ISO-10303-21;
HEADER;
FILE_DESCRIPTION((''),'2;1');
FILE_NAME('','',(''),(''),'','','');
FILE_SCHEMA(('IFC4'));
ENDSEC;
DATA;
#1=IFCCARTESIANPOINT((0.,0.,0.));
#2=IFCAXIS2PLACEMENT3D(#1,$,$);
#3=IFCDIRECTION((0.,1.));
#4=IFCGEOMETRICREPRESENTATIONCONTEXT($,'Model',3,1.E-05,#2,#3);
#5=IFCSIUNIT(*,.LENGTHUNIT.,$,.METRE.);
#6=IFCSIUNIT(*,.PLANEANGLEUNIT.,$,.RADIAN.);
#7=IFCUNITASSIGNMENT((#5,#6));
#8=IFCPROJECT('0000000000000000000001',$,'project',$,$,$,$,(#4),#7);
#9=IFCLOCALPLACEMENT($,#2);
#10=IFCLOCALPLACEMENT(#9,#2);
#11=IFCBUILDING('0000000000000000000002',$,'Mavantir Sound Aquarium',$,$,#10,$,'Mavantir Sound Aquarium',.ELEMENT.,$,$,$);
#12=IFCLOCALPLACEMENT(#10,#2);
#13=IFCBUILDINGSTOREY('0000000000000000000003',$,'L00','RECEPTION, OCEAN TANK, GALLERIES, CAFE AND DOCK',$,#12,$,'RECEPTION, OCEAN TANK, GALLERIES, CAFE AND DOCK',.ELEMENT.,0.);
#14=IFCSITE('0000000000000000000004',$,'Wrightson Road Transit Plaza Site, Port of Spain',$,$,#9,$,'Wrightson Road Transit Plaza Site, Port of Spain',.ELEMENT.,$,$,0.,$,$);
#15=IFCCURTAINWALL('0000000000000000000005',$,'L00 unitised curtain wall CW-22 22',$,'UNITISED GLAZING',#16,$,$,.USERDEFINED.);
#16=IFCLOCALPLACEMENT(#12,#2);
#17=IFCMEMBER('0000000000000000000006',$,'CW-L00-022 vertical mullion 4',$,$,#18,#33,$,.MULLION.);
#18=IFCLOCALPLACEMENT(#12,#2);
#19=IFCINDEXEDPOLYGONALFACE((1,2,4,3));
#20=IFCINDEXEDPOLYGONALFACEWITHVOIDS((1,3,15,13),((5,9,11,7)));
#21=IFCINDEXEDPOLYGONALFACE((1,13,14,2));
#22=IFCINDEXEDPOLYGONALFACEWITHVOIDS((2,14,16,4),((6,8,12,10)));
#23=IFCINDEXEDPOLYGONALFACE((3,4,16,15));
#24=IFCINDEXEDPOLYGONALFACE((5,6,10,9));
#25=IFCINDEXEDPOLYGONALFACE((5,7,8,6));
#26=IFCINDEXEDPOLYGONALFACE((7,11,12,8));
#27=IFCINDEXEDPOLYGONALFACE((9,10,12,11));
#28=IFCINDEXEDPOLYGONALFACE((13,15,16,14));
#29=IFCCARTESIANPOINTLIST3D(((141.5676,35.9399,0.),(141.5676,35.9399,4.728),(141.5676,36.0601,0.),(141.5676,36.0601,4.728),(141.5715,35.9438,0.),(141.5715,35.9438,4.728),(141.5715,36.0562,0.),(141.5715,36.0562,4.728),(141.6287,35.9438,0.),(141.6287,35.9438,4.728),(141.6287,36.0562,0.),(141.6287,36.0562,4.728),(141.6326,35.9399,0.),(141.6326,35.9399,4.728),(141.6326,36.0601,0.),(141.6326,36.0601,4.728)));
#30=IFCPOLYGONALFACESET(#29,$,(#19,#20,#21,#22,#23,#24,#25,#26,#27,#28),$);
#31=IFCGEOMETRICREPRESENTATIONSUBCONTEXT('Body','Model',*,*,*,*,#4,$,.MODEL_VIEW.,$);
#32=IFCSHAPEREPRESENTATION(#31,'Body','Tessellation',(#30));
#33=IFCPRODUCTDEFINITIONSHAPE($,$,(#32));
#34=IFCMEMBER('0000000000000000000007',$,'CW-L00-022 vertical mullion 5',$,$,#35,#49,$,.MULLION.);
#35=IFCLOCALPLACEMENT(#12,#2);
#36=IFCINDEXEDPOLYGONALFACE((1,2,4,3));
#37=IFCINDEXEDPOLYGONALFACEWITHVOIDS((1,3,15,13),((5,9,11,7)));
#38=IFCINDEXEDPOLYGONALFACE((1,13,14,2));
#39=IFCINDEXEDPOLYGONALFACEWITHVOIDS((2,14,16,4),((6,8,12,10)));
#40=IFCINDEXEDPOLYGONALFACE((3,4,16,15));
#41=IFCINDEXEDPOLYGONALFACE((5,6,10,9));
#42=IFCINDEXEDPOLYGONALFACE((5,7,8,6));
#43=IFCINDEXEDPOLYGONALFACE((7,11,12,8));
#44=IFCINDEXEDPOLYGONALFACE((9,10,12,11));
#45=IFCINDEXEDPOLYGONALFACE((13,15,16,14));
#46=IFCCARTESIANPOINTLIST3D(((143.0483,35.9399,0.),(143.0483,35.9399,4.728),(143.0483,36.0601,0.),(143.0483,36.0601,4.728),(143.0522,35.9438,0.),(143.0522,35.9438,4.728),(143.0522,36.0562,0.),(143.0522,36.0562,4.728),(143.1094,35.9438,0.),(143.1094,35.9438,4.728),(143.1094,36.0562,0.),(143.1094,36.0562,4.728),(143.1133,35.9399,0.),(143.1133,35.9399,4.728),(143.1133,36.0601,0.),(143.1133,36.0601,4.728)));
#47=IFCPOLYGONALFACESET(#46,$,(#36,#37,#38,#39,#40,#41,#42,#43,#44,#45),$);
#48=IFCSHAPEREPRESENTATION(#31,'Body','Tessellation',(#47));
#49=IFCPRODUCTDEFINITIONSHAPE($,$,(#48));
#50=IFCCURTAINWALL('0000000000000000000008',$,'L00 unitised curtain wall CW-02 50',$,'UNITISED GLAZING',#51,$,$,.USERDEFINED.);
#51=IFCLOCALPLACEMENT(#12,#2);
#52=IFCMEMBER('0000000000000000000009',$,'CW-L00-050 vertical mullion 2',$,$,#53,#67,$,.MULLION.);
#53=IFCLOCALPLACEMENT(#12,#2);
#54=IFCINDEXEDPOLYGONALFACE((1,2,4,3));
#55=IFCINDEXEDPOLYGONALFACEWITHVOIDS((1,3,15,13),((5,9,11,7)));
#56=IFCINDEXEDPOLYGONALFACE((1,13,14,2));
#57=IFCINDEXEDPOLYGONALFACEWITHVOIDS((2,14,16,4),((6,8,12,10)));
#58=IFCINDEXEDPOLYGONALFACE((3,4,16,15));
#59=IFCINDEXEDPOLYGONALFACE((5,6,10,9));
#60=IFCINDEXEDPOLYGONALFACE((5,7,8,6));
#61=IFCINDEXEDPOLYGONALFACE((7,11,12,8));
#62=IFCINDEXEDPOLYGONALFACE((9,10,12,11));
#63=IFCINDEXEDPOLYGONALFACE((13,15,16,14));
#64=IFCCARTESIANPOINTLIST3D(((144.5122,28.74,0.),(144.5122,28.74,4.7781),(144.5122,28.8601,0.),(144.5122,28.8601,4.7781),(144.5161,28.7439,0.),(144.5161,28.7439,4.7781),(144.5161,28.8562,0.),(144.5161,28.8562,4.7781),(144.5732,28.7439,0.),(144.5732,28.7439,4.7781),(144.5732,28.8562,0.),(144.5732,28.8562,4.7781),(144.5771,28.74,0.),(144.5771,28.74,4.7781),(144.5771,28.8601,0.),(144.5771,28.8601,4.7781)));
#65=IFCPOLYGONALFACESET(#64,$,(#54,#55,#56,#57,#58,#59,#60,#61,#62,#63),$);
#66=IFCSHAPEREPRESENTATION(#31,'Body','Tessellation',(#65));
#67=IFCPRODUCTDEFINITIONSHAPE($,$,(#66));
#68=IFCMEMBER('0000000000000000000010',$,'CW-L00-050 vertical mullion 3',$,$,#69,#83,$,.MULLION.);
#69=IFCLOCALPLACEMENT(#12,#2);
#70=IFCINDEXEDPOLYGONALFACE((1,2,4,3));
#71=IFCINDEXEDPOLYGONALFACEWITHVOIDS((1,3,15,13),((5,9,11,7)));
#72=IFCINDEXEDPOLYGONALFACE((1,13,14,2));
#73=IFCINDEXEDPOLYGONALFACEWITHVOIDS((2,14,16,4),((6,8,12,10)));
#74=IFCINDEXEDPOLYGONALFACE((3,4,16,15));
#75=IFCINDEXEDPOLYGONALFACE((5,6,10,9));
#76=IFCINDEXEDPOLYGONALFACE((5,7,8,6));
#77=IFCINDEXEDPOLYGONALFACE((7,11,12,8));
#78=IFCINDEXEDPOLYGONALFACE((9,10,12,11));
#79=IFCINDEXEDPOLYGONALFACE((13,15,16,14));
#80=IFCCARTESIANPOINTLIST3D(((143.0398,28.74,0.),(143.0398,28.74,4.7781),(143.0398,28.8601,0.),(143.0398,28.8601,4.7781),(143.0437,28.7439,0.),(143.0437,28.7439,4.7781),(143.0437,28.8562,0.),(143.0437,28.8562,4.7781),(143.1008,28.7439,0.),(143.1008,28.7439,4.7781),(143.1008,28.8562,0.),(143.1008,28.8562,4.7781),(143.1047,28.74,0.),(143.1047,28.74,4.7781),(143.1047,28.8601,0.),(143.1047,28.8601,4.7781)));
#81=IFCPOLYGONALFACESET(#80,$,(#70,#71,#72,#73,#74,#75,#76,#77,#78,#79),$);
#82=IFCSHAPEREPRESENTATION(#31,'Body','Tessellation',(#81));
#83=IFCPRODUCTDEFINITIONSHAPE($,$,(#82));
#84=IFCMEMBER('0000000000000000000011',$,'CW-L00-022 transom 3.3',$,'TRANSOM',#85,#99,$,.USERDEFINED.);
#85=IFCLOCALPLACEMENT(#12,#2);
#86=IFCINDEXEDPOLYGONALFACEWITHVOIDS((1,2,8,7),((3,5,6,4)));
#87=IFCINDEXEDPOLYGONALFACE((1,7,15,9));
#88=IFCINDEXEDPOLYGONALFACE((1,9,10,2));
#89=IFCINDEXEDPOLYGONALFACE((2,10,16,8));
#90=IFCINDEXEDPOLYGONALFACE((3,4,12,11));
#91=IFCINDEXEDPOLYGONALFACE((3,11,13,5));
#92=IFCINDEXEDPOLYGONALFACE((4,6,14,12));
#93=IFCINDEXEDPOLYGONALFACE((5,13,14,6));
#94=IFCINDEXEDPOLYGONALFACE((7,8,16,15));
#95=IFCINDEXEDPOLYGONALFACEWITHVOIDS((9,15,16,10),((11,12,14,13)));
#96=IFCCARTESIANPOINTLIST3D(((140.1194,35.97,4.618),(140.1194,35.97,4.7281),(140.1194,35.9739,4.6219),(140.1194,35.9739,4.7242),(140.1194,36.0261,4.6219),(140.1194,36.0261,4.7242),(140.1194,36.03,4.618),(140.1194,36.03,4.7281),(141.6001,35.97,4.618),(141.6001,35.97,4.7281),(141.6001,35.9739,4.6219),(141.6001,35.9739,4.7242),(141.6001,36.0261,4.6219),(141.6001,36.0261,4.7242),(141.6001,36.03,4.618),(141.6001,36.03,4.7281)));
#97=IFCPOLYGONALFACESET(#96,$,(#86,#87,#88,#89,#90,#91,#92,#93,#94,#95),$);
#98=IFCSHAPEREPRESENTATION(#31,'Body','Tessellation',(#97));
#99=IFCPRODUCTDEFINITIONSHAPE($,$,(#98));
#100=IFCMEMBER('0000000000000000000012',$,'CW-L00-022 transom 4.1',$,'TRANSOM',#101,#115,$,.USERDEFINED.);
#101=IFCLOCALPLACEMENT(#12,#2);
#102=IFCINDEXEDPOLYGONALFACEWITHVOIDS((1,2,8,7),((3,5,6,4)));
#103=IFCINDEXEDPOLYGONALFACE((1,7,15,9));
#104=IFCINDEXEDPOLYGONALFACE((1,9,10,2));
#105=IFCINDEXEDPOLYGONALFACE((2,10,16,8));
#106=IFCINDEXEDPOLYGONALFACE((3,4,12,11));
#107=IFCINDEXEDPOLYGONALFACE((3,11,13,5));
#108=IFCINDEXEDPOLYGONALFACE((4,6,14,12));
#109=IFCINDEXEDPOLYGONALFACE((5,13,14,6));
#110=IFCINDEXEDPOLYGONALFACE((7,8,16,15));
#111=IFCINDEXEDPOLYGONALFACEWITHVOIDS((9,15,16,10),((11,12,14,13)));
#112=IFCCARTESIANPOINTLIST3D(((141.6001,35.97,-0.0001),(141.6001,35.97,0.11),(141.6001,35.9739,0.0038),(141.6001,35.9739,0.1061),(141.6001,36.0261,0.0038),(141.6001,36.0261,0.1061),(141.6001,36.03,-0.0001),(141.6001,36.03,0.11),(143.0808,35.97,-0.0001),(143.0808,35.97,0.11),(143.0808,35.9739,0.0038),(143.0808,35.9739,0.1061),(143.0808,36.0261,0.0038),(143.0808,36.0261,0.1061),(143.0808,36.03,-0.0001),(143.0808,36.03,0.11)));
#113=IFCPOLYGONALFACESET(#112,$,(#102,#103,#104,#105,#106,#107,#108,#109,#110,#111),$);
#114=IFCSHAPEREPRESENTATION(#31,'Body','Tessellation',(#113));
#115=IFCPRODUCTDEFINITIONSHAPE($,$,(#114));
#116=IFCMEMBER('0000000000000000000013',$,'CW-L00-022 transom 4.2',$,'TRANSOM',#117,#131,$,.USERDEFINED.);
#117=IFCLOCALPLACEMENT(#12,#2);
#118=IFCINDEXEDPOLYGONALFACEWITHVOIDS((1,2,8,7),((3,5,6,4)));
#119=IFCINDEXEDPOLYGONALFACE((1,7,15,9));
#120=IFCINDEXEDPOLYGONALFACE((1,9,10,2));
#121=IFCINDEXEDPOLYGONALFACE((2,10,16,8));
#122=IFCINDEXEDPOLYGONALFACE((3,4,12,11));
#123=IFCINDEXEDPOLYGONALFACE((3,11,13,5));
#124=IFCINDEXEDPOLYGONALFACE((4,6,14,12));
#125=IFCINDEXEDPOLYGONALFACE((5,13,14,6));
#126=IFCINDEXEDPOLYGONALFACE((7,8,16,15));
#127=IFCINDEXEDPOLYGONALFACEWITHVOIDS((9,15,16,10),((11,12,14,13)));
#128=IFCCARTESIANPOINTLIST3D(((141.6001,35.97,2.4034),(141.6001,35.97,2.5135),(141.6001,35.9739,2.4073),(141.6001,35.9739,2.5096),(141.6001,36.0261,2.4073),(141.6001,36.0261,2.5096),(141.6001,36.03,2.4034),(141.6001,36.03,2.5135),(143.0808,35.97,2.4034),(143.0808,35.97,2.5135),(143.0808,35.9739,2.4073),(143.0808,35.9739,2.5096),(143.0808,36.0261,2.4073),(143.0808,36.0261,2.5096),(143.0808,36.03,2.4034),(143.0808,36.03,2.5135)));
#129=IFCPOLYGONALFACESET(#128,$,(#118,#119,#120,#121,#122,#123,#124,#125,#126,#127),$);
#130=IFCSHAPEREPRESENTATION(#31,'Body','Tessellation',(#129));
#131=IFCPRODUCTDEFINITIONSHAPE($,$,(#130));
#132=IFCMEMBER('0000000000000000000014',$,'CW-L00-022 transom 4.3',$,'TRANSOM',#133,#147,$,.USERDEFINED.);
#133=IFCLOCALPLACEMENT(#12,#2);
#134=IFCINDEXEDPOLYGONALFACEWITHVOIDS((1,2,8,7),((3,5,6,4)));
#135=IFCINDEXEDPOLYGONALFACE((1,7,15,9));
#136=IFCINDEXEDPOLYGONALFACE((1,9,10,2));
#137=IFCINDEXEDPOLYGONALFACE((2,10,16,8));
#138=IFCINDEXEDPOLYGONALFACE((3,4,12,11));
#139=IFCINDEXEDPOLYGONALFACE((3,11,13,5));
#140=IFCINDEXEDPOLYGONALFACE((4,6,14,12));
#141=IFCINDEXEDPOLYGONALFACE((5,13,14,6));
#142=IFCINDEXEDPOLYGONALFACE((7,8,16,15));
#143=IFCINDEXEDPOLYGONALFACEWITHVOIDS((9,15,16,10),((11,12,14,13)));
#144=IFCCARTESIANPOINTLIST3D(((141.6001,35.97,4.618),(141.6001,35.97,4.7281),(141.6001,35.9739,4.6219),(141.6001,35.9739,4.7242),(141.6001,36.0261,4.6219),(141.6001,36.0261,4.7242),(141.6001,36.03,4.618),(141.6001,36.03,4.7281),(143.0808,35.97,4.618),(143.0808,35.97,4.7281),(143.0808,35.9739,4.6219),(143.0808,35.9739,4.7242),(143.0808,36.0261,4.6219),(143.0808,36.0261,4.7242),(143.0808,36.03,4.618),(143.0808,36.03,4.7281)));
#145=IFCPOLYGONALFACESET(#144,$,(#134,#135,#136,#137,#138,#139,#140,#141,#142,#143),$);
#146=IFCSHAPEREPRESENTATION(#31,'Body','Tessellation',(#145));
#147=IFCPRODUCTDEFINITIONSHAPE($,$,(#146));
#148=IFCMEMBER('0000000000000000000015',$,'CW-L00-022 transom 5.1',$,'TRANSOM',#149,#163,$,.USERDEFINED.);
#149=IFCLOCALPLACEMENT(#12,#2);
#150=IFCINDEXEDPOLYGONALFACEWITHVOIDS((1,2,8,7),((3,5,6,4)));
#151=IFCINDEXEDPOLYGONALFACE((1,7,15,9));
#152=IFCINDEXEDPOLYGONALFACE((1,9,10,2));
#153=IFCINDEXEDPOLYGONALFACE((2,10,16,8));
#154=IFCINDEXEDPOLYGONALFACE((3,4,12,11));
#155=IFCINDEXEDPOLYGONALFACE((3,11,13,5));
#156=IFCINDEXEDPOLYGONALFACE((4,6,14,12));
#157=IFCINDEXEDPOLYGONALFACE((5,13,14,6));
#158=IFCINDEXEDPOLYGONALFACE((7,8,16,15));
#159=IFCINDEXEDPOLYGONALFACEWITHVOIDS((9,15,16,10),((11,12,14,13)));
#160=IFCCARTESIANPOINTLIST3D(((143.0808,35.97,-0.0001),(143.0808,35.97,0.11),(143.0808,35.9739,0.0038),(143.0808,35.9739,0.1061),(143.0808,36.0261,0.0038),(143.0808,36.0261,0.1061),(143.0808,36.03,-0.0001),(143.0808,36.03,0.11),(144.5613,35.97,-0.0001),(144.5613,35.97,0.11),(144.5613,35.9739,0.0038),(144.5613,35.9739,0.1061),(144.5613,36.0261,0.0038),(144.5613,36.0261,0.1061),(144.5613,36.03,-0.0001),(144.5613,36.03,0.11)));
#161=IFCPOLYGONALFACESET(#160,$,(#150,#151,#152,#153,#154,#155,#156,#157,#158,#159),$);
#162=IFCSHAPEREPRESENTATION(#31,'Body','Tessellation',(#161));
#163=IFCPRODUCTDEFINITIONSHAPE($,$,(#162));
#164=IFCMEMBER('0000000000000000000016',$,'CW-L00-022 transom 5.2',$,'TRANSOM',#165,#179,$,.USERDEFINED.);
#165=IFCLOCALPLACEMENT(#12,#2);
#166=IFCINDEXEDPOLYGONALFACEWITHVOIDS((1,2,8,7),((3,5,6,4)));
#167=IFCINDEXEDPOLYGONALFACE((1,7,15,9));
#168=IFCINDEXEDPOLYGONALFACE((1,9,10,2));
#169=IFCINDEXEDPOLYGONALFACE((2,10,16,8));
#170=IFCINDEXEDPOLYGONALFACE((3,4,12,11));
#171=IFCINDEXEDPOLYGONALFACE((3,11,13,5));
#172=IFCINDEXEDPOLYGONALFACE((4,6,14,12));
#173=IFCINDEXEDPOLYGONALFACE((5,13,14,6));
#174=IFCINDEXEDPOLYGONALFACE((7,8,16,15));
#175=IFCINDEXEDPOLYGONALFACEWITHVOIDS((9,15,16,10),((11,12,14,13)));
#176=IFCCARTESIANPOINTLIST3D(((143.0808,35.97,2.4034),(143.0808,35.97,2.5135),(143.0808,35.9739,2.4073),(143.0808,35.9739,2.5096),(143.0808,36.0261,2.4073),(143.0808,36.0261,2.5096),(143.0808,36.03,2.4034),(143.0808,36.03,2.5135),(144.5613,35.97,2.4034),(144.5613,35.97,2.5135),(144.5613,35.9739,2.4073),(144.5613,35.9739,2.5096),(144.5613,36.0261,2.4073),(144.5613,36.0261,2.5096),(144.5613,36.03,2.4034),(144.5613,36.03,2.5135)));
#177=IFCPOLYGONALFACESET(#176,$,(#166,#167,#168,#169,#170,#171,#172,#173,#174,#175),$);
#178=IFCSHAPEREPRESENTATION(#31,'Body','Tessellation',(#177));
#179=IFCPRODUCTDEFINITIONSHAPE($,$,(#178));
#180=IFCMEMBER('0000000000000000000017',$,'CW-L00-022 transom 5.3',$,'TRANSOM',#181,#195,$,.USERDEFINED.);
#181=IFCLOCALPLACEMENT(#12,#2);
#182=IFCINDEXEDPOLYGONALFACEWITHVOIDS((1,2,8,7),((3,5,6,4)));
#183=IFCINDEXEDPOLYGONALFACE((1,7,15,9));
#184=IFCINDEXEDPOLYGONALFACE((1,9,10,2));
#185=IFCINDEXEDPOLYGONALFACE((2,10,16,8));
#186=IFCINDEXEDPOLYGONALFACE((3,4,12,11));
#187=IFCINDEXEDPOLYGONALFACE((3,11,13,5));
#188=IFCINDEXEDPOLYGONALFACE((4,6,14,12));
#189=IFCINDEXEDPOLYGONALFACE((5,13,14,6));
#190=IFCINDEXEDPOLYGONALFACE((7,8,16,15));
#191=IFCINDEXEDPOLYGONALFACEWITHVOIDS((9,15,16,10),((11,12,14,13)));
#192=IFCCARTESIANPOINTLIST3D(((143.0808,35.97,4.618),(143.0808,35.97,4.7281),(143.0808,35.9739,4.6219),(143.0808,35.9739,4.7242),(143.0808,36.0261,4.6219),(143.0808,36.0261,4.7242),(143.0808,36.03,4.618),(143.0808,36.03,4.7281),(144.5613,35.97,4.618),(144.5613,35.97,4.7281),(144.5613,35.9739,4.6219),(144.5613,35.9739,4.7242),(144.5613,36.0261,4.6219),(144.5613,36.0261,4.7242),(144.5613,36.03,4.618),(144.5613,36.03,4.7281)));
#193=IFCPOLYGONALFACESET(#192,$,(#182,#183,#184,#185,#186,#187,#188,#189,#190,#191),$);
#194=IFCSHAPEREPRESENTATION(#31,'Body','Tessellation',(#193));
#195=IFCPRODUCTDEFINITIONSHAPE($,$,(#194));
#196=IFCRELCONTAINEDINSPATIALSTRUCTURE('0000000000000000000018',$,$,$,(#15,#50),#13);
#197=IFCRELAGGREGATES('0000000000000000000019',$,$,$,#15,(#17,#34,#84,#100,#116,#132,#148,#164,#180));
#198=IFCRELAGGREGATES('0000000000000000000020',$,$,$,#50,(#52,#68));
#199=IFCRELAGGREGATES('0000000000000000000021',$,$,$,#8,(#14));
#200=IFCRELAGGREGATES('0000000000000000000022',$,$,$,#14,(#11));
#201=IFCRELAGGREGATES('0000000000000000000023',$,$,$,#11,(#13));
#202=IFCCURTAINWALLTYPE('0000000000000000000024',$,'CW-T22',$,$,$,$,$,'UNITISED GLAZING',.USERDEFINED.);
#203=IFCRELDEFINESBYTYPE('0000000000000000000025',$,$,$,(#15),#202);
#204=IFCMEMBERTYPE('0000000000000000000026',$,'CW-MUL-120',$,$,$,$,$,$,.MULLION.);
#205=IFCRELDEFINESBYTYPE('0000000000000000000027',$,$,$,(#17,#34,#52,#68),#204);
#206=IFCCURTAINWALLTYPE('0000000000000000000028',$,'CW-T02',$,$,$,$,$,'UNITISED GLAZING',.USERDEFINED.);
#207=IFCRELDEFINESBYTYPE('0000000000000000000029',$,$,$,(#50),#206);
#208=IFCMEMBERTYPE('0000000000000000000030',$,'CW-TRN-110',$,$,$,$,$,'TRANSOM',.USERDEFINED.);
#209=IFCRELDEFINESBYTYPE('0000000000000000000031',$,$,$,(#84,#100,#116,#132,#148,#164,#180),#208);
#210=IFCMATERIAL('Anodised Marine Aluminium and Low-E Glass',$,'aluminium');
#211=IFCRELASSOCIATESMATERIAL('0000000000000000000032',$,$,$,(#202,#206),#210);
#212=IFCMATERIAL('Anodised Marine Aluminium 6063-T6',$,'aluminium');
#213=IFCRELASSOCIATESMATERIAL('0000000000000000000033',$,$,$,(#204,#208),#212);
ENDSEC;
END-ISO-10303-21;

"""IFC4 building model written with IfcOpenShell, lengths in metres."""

from ifc_helpers import new_model, si_unit, direction, frame, origin, origin_2d, place, context, subcontext, project, spatial, hollow_rectangle, extrude, material, material_profile, profile_set, type_object, element, aggregate, save


model = new_model("IFC4")

# Units and contexts
model_context = context("Model", 3, precision=1e-05, world=origin(), true_north=direction((0.0, 1.0)))
body_context = subcontext(model_context, "Body", "Model", "MODEL_VIEW")
ifc_project = project(units=[si_unit("LENGTHUNIT", "METRE"), si_unit("PLANEANGLEUNIT", "RADIAN")], contexts=[model_context])

# Site, building, storey
site_placement = place(None, origin())
site = spatial("IfcSite", under=ifc_project, at=site_placement, Name="Wrightson Road Transit Plaza Site, Port of Spain", LongName="Wrightson Road Transit Plaza Site, Port of Spain", CompositionType="ELEMENT", RefElevation=0.0)
building_placement = place(site_placement, origin())
building = spatial("IfcBuilding", under=site, at=building_placement, Name="Mavantir Sound Aquarium", LongName="Mavantir Sound Aquarium", CompositionType="ELEMENT")
storey_placement = place(building_placement, origin())
storey = spatial("IfcBuildingStorey", under=building, at=storey_placement, Name="L00", Description="RECEPTION, OCEAN TANK, GALLERIES, CAFE AND DOCK", LongName="RECEPTION, OCEAN TANK, GALLERIES, CAFE AND DOCK", CompositionType="ELEMENT", Elevation=0.0)

# Curtain walls, members
ifc_material_1 = material(Name="Anodised Marine Aluminium and Low-E Glass", Category="aluminium")
curtain_wall_type_1 = type_object("IfcCurtainWallType", Name="CW-T22", ElementType="UNITISED GLAZING", PredefinedType="USERDEFINED", material=ifc_material_1)
curtain_wall_1_placement = place(storey_placement, origin())
curtain_wall_1 = element("IfcCurtainWall", 1, at=curtain_wall_1_placement, inside=storey, type_object=curtain_wall_type_1, Name="L00 unitised curtain wall CW-22 22", ObjectType="UNITISED GLAZING", PredefinedType="USERDEFINED")
ifc_material_2 = material(Name="Anodised Marine Aluminium 6063-T6", Category="aluminium")
ifc_material_profile_1 = material_profile(ifc_material_2, hollow_rectangle(XDim=0.0649, YDim=0.1201, WallThickness=0.0039, at=origin_2d()), Name="ALU-MULLION-120X65")
ifc_profile_set_1 = profile_set([ifc_material_profile_1], Name="Anodised Marine Aluminium 6063-T6")
member_type_1 = type_object("IfcMemberType", Name="CW-MUL-120", PredefinedType="MULLION", material=ifc_profile_set_1)
member_1_placement = place(storey_placement, frame((141.6001, 36.0, 0.0), z_axis=(0.0, 0.0, 1.0), x_axis=(1.0, 0.0, 0.0)))
member_1 = element("IfcMember", 2, at=member_1_placement, type_object=member_type_1, Name="CW-L00-022 vertical mullion 4", PredefinedType="MULLION", context=body_context, shape_type="SweptSolid", body=[
    extrude(hollow_rectangle(XDim=0.0649, YDim=0.1201, WallThickness=0.0039, at=origin_2d()), origin(), (0.0, 0.0, 1.0), 4.728),
])
member_2_placement = place(storey_placement, frame((143.0808, 36.0, 0.0), z_axis=(0.0, 0.0, 1.0), x_axis=(1.0, 0.0, 0.0)))
member_2 = element("IfcMember", 3, at=member_2_placement, type_object=member_type_1, Name="CW-L00-022 vertical mullion 5", PredefinedType="MULLION", context=body_context, shape_type="SweptSolid", body=[
    extrude(hollow_rectangle(XDim=0.0649, YDim=0.1201, WallThickness=0.0039, at=origin_2d()), origin(), (0.0, 0.0, 1.0), 4.728),
])
curtain_wall_type_2 = type_object("IfcCurtainWallType", Name="CW-T02", ElementType="UNITISED GLAZING", PredefinedType="USERDEFINED", material=ifc_material_1)
curtain_wall_2_placement = place(storey_placement, origin())
curtain_wall_2 = element("IfcCurtainWall", 4, at=curtain_wall_2_placement, inside=storey, type_object=curtain_wall_type_2, Name="L00 unitised curtain wall CW-02 50", ObjectType="UNITISED GLAZING", PredefinedType="USERDEFINED")
member_3_placement = place(storey_placement, frame((144.5447, 28.8, 0.0), z_axis=(0.0, 0.0, 1.0), x_axis=(1.0, 0.0, 0.0)))
member_3 = element("IfcMember", 5, at=member_3_placement, type_object=member_type_1, Name="CW-L00-050 vertical mullion 2", PredefinedType="MULLION", context=body_context, shape_type="SweptSolid", body=[
    extrude(hollow_rectangle(XDim=0.0649, YDim=0.1201, WallThickness=0.0039, at=origin_2d()), origin(), (0.0, 0.0, 1.0), 4.7781),
])
member_4_placement = place(storey_placement, frame((143.0723, 28.8, 0.0), z_axis=(0.0, 0.0, 1.0), x_axis=(1.0, 0.0, 0.0)))
member_4 = element("IfcMember", 6, at=member_4_placement, type_object=member_type_1, Name="CW-L00-050 vertical mullion 3", PredefinedType="MULLION", context=body_context, shape_type="SweptSolid", body=[
    extrude(hollow_rectangle(XDim=0.0649, YDim=0.1201, WallThickness=0.0039, at=origin_2d()), origin(), (0.0, 0.0, 1.0), 4.7781),
])

# Members
ifc_material_profile_2 = material_profile(ifc_material_2, hollow_rectangle(XDim=0.0601, YDim=0.1101, WallThickness=0.0039, at=origin_2d()), Name="ALU-TRANSOM-110X60")
ifc_profile_set_2 = profile_set([ifc_material_profile_2], Name="Anodised Marine Aluminium 6063-T6")
member_type_2 = type_object("IfcMemberType", Name="CW-TRN-110", ElementType="TRANSOM", PredefinedType="USERDEFINED", material=ifc_profile_set_2)
member_5_placement = place(storey_placement, frame((140.1194, 36.0, 4.6731), z_axis=(1.0, 0.0, 0.0), x_axis=(0.0, 1.0, 0.0)))
member_5 = element("IfcMember", 7, at=member_5_placement, type_object=member_type_2, Name="CW-L00-022 transom 3.3", ObjectType="TRANSOM", PredefinedType="USERDEFINED", context=body_context, shape_type="SweptSolid", body=[
    extrude(hollow_rectangle(XDim=0.0601, YDim=0.1101, WallThickness=0.0039, at=origin_2d()), origin(), (0.0, 0.0, 1.0), 1.4807),
])
member_6_placement = place(storey_placement, frame((141.6001, 36.0, 0.0549), z_axis=(1.0, 0.0, 0.0), x_axis=(0.0, 1.0, 0.0)))
member_6 = element("IfcMember", 8, at=member_6_placement, type_object=member_type_2, Name="CW-L00-022 transom 4.1", ObjectType="TRANSOM", PredefinedType="USERDEFINED", context=body_context, shape_type="SweptSolid", body=[
    extrude(hollow_rectangle(XDim=0.0601, YDim=0.1101, WallThickness=0.0039, at=origin_2d()), origin(), (0.0, 0.0, 1.0), 1.4807),
])
member_7_placement = place(storey_placement, frame((141.6001, 36.0, 2.4585), z_axis=(1.0, 0.0, 0.0), x_axis=(0.0, 1.0, 0.0)))
member_7 = element("IfcMember", 9, at=member_7_placement, type_object=member_type_2, Name="CW-L00-022 transom 4.2", ObjectType="TRANSOM", PredefinedType="USERDEFINED", context=body_context, shape_type="SweptSolid", body=[
    extrude(hollow_rectangle(XDim=0.0601, YDim=0.1101, WallThickness=0.0039, at=origin_2d()), origin(), (0.0, 0.0, 1.0), 1.4807),
])
member_8_placement = place(storey_placement, frame((141.6001, 36.0, 4.6731), z_axis=(1.0, 0.0, 0.0), x_axis=(0.0, 1.0, 0.0)))
member_8 = element("IfcMember", 10, at=member_8_placement, type_object=member_type_2, Name="CW-L00-022 transom 4.3", ObjectType="TRANSOM", PredefinedType="USERDEFINED", context=body_context, shape_type="SweptSolid", body=[
    extrude(hollow_rectangle(XDim=0.0601, YDim=0.1101, WallThickness=0.0039, at=origin_2d()), origin(), (0.0, 0.0, 1.0), 1.4807),
])
member_9_placement = place(storey_placement, frame((143.0808, 36.0, 0.0549), z_axis=(1.0, 0.0, 0.0), x_axis=(0.0, 1.0, 0.0)))
member_9 = element("IfcMember", 11, at=member_9_placement, type_object=member_type_2, Name="CW-L00-022 transom 5.1", ObjectType="TRANSOM", PredefinedType="USERDEFINED", context=body_context, shape_type="SweptSolid", body=[
    extrude(hollow_rectangle(XDim=0.0601, YDim=0.1101, WallThickness=0.0039, at=origin_2d()), origin(), (0.0, 0.0, 1.0), 1.4805),
])
member_10_placement = place(storey_placement, frame((143.0808, 36.0, 2.4585), z_axis=(1.0, 0.0, 0.0), x_axis=(0.0, 1.0, 0.0)))
member_10 = element("IfcMember", 12, at=member_10_placement, type_object=member_type_2, Name="CW-L00-022 transom 5.2", ObjectType="TRANSOM", PredefinedType="USERDEFINED", context=body_context, shape_type="SweptSolid", body=[
    extrude(hollow_rectangle(XDim=0.0601, YDim=0.1101, WallThickness=0.0039, at=origin_2d()), origin(), (0.0, 0.0, 1.0), 1.4805),
])
member_11_placement = place(storey_placement, frame((143.0808, 36.0, 4.6731), z_axis=(1.0, 0.0, 0.0), x_axis=(0.0, 1.0, 0.0)))
member_11 = element("IfcMember", 13, at=member_11_placement, type_object=member_type_2, Name="CW-L00-022 transom 5.3", ObjectType="TRANSOM", PredefinedType="USERDEFINED", context=body_context, shape_type="SweptSolid", body=[
    extrude(hollow_rectangle(XDim=0.0601, YDim=0.1101, WallThickness=0.0039, at=origin_2d()), origin(), (0.0, 0.0, 1.0), 1.4805),
])

aggregate(curtain_wall_1, [member_1, member_2, member_5, member_6, member_7, member_8, member_9, member_10, member_11])
aggregate(curtain_wall_2, [member_3, member_4])

save(model, "model.ifc")
